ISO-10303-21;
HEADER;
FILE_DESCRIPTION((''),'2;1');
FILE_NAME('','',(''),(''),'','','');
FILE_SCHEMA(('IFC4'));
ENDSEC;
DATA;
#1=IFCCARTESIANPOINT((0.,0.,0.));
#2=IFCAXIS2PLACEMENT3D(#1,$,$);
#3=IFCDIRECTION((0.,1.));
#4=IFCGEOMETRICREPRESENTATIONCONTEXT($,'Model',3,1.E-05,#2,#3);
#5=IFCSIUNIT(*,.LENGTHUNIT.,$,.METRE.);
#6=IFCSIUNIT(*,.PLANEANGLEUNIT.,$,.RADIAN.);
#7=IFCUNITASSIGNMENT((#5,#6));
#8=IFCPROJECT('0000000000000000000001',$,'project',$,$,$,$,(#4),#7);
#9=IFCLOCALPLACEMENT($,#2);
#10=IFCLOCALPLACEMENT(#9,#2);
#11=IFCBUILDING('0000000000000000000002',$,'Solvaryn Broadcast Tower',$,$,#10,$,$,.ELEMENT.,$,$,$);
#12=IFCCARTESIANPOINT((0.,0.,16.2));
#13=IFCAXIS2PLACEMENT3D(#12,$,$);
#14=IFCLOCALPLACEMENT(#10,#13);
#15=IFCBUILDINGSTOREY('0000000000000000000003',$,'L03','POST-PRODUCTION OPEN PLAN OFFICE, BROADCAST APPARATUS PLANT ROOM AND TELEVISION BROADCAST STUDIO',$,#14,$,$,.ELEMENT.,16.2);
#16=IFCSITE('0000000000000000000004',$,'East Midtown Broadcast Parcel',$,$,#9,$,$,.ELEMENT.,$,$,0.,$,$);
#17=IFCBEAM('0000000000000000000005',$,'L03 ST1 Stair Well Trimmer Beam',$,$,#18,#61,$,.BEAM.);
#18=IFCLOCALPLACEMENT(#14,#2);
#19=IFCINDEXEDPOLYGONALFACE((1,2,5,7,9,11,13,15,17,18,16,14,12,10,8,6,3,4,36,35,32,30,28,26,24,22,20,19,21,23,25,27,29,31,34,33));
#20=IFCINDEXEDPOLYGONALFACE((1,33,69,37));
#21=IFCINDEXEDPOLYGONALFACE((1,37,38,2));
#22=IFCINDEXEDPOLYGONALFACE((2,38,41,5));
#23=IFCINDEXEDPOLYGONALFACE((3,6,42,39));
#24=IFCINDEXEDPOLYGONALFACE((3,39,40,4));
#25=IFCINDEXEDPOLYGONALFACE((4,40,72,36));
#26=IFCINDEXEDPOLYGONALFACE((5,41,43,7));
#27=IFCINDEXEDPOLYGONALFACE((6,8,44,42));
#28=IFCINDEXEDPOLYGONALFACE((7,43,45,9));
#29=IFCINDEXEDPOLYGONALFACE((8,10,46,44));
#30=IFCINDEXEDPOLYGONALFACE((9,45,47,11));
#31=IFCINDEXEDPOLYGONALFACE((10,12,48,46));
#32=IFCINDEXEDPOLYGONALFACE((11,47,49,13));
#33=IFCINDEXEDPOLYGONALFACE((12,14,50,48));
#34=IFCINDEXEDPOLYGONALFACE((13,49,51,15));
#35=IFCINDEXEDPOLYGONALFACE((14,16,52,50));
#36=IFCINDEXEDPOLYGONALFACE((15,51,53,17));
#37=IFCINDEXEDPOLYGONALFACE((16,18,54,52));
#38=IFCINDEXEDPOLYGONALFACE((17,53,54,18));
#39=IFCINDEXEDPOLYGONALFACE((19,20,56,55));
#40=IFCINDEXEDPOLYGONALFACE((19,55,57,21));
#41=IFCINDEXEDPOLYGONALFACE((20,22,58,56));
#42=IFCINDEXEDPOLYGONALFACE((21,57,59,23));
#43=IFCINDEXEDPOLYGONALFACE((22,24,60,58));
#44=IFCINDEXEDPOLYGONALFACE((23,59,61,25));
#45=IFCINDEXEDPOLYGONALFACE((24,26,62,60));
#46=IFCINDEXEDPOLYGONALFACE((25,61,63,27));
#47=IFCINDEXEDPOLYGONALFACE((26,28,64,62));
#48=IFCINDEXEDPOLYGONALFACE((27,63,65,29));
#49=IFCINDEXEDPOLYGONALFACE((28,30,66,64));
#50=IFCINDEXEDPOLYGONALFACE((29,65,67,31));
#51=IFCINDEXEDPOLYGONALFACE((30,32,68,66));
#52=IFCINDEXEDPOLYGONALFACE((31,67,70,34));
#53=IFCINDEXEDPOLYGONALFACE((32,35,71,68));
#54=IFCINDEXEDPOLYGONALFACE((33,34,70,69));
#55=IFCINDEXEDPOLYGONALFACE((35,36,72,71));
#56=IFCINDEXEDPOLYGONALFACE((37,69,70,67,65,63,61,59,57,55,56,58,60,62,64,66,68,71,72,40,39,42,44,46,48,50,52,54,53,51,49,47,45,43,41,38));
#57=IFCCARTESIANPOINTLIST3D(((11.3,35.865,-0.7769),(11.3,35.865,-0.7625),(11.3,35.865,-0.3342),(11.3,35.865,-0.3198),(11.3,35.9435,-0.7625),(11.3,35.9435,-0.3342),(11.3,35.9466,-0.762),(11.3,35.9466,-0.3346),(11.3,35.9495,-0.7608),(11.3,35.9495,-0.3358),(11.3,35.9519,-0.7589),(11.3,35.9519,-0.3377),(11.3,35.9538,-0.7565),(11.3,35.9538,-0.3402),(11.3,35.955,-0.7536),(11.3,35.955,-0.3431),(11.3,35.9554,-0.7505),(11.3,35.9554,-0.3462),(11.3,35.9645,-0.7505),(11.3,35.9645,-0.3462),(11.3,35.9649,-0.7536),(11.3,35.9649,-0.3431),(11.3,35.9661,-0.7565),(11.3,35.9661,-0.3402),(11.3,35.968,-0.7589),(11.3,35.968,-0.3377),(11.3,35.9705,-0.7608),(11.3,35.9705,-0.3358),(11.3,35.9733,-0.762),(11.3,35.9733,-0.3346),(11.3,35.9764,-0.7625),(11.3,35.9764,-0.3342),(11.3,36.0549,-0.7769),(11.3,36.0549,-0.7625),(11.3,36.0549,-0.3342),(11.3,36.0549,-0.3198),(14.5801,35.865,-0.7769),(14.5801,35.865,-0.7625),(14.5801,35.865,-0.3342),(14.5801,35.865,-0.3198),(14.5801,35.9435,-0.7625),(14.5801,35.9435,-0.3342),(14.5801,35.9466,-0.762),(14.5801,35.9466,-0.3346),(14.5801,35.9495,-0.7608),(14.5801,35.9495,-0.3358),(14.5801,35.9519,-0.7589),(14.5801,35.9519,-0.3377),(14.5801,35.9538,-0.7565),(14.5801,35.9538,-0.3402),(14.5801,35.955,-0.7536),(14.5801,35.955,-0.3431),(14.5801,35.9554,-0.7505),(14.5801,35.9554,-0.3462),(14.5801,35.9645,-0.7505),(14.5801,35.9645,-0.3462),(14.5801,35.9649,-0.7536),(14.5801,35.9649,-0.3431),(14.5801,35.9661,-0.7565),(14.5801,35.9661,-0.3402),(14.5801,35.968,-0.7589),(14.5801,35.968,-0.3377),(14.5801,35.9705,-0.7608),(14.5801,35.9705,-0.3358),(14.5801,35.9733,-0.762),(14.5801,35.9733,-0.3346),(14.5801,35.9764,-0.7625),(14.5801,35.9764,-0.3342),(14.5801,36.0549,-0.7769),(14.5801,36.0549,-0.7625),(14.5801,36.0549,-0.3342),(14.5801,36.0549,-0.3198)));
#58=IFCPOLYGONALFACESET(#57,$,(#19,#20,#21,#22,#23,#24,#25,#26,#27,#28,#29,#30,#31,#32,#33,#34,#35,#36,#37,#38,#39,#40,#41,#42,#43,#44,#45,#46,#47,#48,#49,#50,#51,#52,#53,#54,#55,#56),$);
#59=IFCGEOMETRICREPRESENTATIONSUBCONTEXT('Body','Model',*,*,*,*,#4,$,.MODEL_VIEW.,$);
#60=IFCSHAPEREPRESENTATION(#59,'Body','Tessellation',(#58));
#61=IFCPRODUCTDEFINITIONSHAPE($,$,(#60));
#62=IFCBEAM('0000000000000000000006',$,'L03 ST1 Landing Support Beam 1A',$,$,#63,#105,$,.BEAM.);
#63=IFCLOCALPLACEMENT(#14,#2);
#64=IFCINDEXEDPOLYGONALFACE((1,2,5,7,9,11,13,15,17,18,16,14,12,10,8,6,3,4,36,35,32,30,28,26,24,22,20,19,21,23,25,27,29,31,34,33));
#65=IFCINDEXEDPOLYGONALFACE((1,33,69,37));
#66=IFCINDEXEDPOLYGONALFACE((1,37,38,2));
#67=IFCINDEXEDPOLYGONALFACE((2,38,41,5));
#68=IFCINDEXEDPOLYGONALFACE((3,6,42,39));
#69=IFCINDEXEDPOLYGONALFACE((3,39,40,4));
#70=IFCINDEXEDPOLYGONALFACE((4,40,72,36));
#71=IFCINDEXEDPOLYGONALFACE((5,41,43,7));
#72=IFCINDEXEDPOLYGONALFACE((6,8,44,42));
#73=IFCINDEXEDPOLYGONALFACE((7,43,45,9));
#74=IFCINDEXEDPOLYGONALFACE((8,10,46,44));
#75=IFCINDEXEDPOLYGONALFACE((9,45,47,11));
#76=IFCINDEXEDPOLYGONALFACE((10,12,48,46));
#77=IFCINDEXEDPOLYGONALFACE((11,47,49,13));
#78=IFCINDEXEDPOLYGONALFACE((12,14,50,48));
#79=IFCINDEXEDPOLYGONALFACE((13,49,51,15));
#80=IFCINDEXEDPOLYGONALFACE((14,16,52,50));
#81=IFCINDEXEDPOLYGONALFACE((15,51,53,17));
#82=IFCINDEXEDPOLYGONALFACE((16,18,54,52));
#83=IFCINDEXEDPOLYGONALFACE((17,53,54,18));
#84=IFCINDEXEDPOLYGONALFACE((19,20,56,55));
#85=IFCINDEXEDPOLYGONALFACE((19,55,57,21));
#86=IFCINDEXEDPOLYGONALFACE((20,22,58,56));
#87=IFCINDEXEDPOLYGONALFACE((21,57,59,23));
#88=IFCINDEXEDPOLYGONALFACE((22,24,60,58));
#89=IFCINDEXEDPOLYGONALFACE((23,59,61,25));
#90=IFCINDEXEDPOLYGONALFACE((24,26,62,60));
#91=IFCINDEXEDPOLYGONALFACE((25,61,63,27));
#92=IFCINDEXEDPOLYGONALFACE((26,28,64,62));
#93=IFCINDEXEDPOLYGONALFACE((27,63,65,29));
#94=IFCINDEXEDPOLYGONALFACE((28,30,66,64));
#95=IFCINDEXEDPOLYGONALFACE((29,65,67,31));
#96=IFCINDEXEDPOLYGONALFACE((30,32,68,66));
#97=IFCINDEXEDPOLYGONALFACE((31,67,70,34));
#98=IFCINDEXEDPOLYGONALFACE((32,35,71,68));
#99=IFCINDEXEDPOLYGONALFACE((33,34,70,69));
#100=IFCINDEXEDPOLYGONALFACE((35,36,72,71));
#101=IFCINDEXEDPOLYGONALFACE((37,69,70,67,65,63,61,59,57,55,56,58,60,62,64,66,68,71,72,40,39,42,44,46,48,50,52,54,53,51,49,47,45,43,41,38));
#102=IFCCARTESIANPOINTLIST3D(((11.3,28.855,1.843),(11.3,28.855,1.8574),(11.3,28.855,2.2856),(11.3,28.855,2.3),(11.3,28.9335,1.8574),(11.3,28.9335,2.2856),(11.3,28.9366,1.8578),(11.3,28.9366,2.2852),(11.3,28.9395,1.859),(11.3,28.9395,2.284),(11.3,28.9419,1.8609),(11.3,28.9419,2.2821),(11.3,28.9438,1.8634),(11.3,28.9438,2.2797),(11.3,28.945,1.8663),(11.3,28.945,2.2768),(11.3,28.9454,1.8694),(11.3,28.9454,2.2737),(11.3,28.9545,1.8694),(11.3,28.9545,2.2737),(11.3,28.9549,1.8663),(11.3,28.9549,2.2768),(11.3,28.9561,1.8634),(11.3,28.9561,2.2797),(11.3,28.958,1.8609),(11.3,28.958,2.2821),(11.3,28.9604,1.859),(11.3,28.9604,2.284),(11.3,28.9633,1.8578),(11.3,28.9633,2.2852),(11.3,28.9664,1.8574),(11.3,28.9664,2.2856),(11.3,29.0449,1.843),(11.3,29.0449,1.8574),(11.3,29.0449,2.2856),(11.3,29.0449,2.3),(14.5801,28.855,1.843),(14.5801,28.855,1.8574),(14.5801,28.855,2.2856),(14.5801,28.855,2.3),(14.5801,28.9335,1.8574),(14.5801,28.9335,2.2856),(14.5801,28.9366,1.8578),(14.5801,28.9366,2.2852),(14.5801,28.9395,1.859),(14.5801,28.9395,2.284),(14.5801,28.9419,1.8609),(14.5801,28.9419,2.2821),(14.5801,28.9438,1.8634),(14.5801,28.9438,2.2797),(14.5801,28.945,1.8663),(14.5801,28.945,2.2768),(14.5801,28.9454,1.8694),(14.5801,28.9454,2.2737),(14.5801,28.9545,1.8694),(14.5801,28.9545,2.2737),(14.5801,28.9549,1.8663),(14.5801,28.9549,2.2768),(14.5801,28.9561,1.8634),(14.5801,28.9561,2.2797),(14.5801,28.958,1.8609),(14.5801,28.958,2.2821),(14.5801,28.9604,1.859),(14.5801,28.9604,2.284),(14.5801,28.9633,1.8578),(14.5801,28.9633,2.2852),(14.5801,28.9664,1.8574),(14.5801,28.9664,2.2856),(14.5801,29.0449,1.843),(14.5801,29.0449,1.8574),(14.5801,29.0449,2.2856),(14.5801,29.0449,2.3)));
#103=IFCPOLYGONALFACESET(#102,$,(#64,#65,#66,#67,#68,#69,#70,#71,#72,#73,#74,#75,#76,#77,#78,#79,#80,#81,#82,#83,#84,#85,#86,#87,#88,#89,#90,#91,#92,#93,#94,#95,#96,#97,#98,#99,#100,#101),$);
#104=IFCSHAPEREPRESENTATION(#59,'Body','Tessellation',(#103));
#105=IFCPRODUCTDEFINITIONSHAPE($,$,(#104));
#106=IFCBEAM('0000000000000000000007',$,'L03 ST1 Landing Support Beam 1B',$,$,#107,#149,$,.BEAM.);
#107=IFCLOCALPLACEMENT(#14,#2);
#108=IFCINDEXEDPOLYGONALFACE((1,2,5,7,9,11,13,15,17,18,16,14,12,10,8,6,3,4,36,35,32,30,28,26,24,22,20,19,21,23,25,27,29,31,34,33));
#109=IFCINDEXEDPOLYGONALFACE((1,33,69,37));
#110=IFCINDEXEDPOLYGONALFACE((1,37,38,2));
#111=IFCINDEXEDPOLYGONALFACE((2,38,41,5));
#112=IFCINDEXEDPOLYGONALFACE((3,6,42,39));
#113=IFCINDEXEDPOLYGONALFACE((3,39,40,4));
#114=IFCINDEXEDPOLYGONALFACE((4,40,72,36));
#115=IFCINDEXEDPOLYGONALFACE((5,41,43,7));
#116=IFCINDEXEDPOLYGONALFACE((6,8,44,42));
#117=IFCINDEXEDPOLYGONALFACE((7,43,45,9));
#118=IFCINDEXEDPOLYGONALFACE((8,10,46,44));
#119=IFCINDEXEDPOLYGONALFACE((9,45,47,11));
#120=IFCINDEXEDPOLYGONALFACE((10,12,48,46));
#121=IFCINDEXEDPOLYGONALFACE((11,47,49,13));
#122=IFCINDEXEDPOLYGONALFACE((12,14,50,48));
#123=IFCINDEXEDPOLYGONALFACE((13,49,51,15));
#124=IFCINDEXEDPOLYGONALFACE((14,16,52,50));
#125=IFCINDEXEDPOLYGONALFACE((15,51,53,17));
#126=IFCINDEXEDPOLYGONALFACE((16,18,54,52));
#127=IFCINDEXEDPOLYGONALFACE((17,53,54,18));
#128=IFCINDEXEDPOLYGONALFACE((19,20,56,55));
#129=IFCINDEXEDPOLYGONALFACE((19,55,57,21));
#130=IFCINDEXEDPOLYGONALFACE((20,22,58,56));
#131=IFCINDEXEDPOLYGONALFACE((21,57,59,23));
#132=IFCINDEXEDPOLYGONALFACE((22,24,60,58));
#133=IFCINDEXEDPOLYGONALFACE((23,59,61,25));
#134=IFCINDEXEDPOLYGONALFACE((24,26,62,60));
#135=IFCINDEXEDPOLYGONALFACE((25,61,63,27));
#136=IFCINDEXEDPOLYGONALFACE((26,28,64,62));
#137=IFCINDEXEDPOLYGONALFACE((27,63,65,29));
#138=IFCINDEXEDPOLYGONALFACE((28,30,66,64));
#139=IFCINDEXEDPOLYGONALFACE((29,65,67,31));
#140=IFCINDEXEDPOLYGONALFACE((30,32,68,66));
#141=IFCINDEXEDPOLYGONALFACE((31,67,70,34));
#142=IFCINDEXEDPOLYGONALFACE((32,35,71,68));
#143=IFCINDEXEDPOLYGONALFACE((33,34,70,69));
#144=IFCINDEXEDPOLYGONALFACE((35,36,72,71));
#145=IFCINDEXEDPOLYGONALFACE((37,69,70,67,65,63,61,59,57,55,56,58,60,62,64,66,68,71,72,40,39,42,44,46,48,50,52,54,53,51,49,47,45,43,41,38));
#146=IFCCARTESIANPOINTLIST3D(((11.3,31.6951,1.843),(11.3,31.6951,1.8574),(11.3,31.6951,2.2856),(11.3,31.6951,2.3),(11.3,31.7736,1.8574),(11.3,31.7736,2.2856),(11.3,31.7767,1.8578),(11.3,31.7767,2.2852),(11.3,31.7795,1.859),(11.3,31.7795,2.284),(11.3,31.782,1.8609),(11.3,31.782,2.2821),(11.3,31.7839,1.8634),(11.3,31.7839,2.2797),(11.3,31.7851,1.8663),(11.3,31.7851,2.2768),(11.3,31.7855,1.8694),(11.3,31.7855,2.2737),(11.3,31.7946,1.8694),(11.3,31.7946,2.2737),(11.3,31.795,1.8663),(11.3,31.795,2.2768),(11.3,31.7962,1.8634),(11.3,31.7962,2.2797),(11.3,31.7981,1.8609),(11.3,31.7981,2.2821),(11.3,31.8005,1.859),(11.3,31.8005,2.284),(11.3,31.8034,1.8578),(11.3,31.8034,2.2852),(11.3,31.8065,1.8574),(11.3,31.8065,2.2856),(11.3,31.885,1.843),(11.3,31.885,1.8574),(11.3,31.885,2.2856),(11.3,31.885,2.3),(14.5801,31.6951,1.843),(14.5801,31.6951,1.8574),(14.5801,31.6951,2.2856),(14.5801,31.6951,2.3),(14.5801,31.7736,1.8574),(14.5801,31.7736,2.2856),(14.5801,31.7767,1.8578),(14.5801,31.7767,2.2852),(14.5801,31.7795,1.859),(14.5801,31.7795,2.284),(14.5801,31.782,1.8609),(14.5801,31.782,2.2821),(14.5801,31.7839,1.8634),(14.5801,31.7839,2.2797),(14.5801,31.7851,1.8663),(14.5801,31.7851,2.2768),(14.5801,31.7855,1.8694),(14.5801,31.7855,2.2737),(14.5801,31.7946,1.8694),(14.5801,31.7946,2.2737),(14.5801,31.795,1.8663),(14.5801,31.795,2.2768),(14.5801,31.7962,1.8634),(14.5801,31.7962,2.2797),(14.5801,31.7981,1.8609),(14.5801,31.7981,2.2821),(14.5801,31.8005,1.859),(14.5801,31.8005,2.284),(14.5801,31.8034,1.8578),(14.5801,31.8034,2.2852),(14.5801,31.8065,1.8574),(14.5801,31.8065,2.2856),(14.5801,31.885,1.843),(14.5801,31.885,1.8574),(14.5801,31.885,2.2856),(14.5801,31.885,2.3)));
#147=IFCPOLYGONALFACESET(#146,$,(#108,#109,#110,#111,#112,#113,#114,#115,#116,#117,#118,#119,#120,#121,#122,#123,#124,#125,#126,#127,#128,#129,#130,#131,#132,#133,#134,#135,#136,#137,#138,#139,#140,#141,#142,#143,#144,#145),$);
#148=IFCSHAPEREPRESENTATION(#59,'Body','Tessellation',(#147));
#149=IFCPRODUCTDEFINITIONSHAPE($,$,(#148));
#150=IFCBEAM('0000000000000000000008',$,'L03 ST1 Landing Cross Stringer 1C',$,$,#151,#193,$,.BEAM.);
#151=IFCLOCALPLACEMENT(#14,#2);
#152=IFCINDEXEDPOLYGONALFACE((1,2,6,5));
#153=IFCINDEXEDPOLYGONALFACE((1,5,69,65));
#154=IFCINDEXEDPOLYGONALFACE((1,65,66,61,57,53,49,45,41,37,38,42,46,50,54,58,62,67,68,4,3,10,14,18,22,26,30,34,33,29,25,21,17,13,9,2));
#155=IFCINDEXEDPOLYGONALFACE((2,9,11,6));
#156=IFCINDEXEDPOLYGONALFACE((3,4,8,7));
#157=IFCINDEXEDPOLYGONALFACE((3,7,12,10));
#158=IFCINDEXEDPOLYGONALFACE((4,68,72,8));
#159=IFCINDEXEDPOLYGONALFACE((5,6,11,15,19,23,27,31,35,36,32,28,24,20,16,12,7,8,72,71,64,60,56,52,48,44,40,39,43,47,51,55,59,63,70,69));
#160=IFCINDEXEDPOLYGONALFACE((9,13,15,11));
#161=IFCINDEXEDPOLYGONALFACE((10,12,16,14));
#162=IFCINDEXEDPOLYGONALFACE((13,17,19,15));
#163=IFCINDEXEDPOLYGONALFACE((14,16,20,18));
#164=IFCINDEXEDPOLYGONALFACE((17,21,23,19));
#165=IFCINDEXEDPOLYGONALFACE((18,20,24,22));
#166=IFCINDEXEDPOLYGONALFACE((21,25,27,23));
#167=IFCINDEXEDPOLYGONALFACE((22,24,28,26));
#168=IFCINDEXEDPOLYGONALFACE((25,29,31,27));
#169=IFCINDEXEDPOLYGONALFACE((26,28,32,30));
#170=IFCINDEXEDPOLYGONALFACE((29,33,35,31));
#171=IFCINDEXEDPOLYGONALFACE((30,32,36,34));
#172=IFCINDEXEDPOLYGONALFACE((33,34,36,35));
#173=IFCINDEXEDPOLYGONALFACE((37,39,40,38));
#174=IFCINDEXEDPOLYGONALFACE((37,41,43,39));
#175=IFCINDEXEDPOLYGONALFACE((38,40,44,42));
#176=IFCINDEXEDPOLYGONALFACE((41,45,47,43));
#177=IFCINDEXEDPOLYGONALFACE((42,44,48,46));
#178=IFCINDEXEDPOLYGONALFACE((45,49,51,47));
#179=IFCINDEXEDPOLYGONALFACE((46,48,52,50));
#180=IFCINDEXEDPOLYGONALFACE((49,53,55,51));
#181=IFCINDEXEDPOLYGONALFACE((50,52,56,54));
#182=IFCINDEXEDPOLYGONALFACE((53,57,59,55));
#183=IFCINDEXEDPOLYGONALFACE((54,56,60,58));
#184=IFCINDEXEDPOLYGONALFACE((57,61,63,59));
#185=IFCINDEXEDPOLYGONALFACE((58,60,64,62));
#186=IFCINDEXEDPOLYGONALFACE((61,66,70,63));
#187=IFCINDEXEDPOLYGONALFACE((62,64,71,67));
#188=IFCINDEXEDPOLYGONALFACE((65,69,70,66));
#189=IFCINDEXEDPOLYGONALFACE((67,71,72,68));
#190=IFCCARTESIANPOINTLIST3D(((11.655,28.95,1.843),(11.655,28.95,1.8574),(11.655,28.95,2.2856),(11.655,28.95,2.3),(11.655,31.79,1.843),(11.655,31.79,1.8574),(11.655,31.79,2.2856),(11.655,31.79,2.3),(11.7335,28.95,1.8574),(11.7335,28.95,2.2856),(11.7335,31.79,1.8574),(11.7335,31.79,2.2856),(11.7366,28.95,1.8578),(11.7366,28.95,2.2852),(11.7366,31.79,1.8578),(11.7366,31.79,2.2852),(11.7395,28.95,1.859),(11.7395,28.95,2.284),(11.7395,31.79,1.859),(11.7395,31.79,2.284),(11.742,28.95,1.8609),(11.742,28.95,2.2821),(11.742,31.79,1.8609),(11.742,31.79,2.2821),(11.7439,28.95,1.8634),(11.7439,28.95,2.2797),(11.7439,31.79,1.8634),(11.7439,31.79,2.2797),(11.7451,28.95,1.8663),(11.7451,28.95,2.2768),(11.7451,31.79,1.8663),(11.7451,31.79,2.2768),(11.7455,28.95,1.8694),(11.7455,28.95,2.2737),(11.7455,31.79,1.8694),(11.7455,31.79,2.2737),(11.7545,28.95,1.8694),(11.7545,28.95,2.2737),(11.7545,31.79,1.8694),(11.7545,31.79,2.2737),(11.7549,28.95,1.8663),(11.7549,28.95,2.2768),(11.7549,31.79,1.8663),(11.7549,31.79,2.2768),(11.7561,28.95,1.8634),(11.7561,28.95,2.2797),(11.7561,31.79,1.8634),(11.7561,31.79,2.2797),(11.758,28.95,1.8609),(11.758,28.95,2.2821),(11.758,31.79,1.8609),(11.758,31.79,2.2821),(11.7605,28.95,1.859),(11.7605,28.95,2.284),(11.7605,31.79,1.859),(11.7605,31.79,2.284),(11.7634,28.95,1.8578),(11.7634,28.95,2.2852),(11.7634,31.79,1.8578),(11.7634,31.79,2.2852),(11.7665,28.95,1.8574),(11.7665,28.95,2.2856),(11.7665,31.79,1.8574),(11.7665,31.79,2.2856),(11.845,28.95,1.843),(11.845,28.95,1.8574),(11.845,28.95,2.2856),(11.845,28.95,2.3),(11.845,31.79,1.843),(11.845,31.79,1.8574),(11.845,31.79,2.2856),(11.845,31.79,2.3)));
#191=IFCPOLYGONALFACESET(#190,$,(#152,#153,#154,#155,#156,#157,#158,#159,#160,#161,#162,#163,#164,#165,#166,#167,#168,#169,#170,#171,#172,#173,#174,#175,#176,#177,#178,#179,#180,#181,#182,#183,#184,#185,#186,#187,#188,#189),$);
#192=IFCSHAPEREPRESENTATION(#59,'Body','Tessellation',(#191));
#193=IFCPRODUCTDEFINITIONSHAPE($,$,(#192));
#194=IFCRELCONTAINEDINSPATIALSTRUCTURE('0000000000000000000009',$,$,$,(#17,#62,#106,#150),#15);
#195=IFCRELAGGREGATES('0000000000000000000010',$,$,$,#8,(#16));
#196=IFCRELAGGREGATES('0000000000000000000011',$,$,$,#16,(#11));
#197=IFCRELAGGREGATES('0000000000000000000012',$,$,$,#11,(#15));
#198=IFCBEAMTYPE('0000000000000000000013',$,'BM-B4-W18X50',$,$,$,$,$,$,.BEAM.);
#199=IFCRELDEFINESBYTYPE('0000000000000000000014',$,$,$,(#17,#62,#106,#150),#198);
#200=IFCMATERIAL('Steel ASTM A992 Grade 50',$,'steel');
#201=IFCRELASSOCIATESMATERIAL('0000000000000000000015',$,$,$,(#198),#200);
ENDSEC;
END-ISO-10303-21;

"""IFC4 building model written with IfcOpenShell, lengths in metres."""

from ifc_helpers import new_model, si_unit, direction, frame, origin, origin_2d, place, context, subcontext, project, spatial, i_section, extrude, material, material_profile, profile_set, type_object, element, save


model = new_model("IFC4")

# Units and contexts
model_context = context("Model", 3, precision=1e-05, world=origin(), true_north=direction((0.0, 1.0)))
body_context = subcontext(model_context, "Body", "Model", "MODEL_VIEW")
ifc_project = project(units=[si_unit("LENGTHUNIT", "METRE"), si_unit("PLANEANGLEUNIT", "RADIAN")], contexts=[model_context])

# Site, building, storey
site_placement = place(None, origin())
site = spatial("IfcSite", under=ifc_project, at=site_placement, Name="East Midtown Broadcast Parcel", CompositionType="ELEMENT", RefElevation=0.0)
building_placement = place(site_placement, origin())
building = spatial("IfcBuilding", under=site, at=building_placement, Name="Solvaryn Broadcast Tower", CompositionType="ELEMENT")
storey_placement = place(building_placement, frame((0.0, 0.0, 16.2)))
storey = spatial("IfcBuildingStorey", under=building, at=storey_placement, Name="L03", Description="POST-PRODUCTION OPEN PLAN OFFICE, BROADCAST APPARATUS PLANT ROOM AND TELEVISION BROADCAST STUDIO", CompositionType="ELEMENT", Elevation=16.2)

# Beams
ifc_material_1 = material(Name="Steel ASTM A992 Grade 50", Category="steel")
ifc_material_profile_1 = material_profile(ifc_material_1, i_section(OverallWidth=0.1899, OverallDepth=0.457, WebThickness=0.009, FlangeThickness=0.0144, FilletRadius=0.012, at=origin_2d()))
ifc_profile_set_1 = profile_set([ifc_material_profile_1], Name="Steel ASTM A992 Grade 50")
beam_type = type_object("IfcBeamType", Name="BM-B4-W18X50", PredefinedType="BEAM", material=ifc_profile_set_1)
for number, where, z_axis, x_axis, name in (
    (1, (11.3, 35.96, -0.5483), (1.0, 0.0, 0.0), (0.0, 1.0, 0.0), "L03 ST1 Stair Well Trimmer Beam"),
    (2, (11.3, 28.95, 2.0715), (1.0, 0.0, 0.0), (0.0, 1.0, 0.0), "L03 ST1 Landing Support Beam 1A"),
    (3, (11.3, 31.79, 2.0715), (1.0, 0.0, 0.0), (0.0, 1.0, 0.0), "L03 ST1 Landing Support Beam 1B"),
):
    element("IfcBeam", number, at=place(storey_placement, frame(where, z_axis=z_axis, x_axis=x_axis)), inside=storey, type_object=beam_type, Name=name, PredefinedType="BEAM", context=body_context, shape_type="SweptSolid", body=[
        extrude(i_section(OverallWidth=0.1899, OverallDepth=0.457, WebThickness=0.009, FlangeThickness=0.0144, FilletRadius=0.012, at=origin_2d()), origin(), (0.0, 0.0, 1.0), 3.28),
    ])
beam_1_placement = place(storey_placement, frame((11.75, 28.95, 2.0715), z_axis=(0.0, 1.0, 0.0), x_axis=(-1.0, 0.0, 0.0)))
element("IfcBeam", 4, at=beam_1_placement, inside=storey, type_object=beam_type, Name="L03 ST1 Landing Cross Stringer 1C", PredefinedType="BEAM", context=body_context, shape_type="SweptSolid", body=[
    extrude(i_section(OverallWidth=0.1899, OverallDepth=0.457, WebThickness=0.009, FlangeThickness=0.0144, FilletRadius=0.012, at=origin_2d()), origin(), (0.0, 0.0, 1.0), 2.8401),
])

save(model, "model.ifc")
